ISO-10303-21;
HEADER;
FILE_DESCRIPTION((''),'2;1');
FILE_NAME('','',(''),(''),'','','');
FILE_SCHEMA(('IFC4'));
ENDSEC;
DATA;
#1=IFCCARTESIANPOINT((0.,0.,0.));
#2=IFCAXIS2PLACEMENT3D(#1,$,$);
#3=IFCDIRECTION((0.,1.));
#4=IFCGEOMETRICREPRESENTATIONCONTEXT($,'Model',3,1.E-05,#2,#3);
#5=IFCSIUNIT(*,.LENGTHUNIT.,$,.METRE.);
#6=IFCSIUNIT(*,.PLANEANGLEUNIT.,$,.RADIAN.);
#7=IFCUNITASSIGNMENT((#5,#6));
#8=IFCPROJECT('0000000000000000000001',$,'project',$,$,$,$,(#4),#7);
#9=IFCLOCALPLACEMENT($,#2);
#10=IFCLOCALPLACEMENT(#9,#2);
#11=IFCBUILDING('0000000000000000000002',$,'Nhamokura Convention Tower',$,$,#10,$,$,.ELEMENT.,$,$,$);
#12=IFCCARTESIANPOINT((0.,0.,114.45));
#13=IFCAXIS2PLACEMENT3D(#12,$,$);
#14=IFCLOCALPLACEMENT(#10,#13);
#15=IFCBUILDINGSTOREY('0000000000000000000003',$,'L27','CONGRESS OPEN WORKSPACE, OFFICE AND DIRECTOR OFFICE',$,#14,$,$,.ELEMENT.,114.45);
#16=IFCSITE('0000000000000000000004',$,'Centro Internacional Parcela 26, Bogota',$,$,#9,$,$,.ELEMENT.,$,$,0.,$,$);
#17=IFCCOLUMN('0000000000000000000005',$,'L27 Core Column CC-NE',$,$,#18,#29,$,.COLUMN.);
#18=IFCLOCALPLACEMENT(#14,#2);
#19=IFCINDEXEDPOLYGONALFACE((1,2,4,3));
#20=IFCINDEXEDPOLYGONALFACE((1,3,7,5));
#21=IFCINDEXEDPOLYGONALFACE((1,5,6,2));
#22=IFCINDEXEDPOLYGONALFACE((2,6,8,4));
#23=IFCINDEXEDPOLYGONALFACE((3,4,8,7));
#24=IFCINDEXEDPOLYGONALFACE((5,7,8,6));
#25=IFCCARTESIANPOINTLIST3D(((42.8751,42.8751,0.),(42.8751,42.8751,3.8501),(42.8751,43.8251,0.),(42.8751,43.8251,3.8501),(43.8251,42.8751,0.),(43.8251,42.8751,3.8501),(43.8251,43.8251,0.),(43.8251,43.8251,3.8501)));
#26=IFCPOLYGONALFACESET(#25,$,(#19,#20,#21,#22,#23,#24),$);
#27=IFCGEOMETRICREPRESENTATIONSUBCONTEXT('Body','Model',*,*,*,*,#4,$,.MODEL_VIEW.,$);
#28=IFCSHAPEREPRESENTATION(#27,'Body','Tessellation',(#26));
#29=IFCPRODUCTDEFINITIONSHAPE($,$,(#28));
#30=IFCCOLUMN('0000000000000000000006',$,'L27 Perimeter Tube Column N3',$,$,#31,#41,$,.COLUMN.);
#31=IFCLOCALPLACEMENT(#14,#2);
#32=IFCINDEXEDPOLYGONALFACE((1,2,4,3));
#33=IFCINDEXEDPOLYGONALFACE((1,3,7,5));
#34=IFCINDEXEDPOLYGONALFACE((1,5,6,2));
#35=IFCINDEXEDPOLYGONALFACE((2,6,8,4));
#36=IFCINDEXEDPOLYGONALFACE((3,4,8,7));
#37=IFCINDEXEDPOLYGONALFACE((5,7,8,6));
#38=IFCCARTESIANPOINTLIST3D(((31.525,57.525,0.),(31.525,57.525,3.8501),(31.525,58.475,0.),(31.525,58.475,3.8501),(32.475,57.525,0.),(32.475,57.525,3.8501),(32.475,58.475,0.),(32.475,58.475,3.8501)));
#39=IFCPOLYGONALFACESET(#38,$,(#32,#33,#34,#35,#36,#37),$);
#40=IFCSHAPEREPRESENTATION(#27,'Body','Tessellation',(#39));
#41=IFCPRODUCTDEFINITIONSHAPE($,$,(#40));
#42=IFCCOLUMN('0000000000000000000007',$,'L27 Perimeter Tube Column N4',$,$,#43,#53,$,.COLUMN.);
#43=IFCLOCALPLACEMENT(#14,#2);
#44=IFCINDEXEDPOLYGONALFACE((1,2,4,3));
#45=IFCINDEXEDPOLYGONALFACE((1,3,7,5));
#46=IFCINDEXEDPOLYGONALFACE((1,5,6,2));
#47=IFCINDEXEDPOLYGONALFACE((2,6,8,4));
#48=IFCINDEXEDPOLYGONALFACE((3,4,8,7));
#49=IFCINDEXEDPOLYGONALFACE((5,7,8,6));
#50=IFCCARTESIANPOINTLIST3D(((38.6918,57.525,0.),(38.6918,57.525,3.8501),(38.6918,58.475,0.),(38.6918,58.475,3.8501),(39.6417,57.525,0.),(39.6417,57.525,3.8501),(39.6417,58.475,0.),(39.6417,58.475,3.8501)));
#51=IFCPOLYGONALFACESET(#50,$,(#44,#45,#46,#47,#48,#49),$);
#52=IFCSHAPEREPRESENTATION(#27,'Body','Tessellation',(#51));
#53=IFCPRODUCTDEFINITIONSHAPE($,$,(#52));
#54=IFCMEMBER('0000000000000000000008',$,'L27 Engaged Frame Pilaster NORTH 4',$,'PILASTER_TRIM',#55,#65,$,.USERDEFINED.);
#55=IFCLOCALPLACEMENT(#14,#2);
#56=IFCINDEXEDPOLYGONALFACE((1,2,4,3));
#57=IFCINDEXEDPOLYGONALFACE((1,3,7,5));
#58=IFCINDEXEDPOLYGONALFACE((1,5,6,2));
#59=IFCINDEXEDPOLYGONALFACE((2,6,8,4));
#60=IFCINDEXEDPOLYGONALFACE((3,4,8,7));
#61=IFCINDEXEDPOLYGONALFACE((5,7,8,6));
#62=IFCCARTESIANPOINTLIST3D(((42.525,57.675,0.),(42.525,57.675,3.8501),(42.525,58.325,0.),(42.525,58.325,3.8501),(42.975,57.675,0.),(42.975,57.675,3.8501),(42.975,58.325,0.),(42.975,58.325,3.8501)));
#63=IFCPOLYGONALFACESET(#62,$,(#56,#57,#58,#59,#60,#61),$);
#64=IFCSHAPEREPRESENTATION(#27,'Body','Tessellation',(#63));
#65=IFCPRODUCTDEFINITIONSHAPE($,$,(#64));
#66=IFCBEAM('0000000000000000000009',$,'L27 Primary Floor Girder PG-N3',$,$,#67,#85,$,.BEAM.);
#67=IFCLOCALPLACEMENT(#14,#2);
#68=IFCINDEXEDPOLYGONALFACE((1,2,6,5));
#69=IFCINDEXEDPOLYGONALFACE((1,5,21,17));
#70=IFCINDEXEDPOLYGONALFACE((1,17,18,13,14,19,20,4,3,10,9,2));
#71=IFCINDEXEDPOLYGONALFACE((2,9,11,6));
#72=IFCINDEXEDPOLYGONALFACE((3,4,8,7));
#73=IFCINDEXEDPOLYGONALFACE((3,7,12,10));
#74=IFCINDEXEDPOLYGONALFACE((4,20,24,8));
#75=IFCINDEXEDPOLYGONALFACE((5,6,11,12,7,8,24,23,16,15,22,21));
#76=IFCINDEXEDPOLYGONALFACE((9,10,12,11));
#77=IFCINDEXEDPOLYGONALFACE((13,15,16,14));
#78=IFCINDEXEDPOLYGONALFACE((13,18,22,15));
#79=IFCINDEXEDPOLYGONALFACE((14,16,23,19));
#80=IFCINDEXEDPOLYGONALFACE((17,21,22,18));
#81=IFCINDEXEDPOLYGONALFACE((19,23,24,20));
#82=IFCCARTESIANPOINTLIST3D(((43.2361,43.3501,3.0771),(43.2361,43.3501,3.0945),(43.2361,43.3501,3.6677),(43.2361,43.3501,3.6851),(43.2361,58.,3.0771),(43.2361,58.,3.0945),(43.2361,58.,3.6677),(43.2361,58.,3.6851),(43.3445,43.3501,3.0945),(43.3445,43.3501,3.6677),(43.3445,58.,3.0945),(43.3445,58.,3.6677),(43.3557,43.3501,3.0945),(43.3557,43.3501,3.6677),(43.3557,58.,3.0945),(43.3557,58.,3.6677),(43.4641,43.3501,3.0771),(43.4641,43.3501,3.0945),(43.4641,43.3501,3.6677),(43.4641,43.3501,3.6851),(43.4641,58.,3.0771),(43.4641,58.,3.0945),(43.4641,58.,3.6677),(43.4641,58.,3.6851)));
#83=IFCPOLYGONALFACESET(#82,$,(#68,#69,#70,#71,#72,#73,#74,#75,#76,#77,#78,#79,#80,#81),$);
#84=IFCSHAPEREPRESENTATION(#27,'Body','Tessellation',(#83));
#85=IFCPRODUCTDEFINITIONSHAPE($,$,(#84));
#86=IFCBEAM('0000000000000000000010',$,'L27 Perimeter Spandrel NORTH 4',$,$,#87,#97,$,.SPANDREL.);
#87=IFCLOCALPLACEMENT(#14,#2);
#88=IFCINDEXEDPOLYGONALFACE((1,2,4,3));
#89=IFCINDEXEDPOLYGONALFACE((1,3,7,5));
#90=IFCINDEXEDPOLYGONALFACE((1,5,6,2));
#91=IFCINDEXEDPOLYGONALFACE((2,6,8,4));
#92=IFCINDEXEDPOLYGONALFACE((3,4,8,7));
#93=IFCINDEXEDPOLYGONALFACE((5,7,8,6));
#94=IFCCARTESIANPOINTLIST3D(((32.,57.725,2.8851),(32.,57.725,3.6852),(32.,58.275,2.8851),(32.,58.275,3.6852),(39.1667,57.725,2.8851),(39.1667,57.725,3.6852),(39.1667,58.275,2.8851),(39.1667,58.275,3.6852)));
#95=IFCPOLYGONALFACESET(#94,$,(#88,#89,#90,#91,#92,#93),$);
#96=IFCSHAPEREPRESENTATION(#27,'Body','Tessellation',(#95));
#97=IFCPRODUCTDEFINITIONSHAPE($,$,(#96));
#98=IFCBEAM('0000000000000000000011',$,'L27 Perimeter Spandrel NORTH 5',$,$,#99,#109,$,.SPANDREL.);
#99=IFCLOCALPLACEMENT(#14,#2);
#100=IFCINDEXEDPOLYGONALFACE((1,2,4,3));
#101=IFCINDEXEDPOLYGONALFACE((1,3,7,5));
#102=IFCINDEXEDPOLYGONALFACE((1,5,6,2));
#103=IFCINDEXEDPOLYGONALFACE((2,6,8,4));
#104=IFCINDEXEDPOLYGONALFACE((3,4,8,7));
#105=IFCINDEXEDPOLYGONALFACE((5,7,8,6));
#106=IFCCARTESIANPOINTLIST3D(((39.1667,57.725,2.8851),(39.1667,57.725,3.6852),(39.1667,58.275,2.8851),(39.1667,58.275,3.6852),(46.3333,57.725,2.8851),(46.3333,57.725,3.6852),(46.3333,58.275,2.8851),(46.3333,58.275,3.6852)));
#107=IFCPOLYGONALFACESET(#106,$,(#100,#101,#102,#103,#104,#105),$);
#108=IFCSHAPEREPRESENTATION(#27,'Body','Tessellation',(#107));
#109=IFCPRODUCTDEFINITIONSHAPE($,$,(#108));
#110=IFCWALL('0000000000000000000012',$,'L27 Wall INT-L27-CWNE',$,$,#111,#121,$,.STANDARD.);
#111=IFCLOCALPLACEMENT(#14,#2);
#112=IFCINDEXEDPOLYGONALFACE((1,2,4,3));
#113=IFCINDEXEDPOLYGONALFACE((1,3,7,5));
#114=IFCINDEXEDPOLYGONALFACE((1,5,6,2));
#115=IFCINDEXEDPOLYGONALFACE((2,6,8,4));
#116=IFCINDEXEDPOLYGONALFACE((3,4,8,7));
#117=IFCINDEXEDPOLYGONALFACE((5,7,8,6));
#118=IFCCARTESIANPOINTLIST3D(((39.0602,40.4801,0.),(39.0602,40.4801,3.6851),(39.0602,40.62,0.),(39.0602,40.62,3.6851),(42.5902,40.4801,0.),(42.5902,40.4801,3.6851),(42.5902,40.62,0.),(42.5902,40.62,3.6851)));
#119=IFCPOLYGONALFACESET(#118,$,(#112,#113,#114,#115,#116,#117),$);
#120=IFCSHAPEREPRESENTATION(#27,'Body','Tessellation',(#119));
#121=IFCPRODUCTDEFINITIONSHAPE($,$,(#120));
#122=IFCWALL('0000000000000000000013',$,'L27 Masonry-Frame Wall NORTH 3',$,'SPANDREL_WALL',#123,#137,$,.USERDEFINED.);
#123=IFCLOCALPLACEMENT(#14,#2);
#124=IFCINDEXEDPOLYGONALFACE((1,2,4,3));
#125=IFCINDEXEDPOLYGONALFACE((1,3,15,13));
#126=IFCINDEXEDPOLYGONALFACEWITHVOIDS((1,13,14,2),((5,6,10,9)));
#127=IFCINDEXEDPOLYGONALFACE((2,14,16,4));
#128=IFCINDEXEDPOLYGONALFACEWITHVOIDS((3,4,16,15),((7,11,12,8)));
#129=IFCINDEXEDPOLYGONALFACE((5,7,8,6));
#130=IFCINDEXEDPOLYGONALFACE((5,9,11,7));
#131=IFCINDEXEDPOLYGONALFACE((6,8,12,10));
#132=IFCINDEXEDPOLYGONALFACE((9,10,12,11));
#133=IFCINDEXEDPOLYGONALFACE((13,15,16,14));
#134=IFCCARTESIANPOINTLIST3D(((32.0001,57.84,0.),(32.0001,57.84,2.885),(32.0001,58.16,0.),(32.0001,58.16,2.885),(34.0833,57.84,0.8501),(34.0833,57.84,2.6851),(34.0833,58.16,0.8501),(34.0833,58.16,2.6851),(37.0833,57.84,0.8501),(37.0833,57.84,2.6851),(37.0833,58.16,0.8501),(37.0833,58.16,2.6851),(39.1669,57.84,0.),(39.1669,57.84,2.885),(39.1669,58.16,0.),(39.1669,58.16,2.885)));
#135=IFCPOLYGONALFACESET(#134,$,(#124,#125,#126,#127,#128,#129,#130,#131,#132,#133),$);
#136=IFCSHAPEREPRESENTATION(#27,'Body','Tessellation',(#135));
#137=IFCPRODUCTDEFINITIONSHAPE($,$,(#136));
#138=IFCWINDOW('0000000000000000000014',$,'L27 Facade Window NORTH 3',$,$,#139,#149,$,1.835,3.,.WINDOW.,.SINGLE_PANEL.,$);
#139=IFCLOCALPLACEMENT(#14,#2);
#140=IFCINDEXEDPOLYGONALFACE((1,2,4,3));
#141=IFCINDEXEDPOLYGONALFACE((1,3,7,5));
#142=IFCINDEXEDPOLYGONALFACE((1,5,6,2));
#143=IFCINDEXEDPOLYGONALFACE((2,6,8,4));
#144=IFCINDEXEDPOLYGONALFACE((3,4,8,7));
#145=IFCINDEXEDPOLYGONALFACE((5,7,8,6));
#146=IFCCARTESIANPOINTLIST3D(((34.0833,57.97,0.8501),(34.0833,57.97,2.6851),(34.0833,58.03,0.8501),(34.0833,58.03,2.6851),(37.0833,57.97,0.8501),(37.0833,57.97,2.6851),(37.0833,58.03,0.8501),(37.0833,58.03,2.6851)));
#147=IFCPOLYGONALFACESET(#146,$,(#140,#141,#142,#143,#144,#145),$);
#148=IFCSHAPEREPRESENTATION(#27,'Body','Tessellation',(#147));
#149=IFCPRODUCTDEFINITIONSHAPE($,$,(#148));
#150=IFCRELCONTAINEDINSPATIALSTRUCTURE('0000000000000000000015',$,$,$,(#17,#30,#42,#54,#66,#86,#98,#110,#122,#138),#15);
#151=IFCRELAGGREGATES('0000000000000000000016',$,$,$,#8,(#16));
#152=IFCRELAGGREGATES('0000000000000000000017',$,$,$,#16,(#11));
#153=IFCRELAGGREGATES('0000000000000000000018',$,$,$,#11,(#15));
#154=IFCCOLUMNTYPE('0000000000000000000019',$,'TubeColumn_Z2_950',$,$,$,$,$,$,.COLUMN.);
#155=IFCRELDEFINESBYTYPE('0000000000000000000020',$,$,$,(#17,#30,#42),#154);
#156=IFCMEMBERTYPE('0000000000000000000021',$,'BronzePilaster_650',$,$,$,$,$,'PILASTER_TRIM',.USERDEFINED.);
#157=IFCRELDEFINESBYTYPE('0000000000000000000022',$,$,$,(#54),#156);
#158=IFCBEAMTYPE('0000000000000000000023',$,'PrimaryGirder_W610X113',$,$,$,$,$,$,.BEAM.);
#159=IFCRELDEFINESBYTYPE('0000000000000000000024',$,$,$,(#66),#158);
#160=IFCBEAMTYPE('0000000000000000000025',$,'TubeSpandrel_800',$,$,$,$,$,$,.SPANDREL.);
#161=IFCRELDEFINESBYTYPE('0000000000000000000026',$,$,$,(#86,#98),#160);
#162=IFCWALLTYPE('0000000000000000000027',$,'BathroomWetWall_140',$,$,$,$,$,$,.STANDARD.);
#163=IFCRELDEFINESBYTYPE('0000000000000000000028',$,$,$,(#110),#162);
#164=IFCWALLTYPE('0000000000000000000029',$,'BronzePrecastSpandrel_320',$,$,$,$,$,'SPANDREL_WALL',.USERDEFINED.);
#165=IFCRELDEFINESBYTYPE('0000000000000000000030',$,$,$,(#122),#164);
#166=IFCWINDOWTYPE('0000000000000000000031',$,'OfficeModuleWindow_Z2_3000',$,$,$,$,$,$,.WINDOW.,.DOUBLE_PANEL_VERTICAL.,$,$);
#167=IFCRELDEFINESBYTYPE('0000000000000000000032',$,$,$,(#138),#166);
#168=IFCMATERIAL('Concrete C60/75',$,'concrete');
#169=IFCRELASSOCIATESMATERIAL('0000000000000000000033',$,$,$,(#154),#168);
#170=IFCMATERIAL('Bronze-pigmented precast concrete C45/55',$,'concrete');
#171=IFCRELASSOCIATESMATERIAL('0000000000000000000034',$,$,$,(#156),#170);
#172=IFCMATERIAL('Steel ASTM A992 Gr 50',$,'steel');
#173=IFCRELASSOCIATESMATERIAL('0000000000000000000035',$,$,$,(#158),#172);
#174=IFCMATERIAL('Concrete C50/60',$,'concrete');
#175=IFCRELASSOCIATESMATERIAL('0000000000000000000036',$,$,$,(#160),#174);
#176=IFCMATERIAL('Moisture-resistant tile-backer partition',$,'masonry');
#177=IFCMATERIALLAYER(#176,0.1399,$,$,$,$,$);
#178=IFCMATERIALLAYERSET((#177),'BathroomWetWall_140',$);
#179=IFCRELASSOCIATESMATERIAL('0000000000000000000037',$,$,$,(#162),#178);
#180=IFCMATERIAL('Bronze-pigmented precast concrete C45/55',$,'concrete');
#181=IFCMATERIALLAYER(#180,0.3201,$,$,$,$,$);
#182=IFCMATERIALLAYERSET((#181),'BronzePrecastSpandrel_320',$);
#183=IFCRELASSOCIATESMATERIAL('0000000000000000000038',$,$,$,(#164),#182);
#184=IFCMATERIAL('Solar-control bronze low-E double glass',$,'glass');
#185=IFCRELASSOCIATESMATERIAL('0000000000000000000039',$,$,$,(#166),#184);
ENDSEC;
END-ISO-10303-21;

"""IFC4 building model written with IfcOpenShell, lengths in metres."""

from ifc_helpers import new_model, si_unit, direction, frame, frame_2d, origin, origin_2d, place, context, subcontext, project, spatial, rectangle, i_section, extrude, material, layer, layer_set, material_profile, profile_set, type_object, element, fill, save


model = new_model("IFC4")

# Units and contexts
model_context = context("Model", 3, precision=1e-05, world=origin(), true_north=direction((0.0, 1.0)))
body_context = subcontext(model_context, "Body", "Model", "MODEL_VIEW")
ifc_project = project(units=[si_unit("LENGTHUNIT", "METRE"), si_unit("PLANEANGLEUNIT", "RADIAN")], contexts=[model_context])

# Site, building, storey
site_placement = place(None, origin())
site = spatial("IfcSite", under=ifc_project, at=site_placement, Name="Centro Internacional Parcela 26, Bogota", CompositionType="ELEMENT", RefElevation=0.0)
building_placement = place(site_placement, origin())
building = spatial("IfcBuilding", under=site, at=building_placement, Name="Nhamokura Convention Tower", CompositionType="ELEMENT")
storey_placement = place(building_placement, frame((0.0, 0.0, 114.45)))
storey = spatial("IfcBuildingStorey", under=building, at=storey_placement, Name="L27", Description="CONGRESS OPEN WORKSPACE, OFFICE AND DIRECTOR OFFICE", CompositionType="ELEMENT", Elevation=114.45)

# Columns
ifc_material_1 = material(Name="Concrete C60/75", Category="concrete")
ifc_material_profile_1 = material_profile(ifc_material_1, rectangle(XDim=0.95, YDim=0.95, at=origin_2d()))
ifc_profile_set_1 = profile_set([ifc_material_profile_1], Name="Concrete C60/75")
column_type = type_object("IfcColumnType", Name="TubeColumn_Z2_950", PredefinedType="COLUMN", material=ifc_profile_set_1)
for number, where, z_axis, x_axis, name in (
    (1, (43.3501, 43.3501, 0.0), (0.0, 0.0, 1.0), (1.0, 0.0, 0.0), "L27 Core Column CC-NE"),
    (2, (32.0, 58.0, 0.0), (0.0, 0.0, 1.0), (1.0, 0.0, 0.0), "L27 Perimeter Tube Column N3"),
    (3, (39.1667, 58.0, 0.0), (0.0, 0.0, 1.0), (1.0, 0.0, 0.0), "L27 Perimeter Tube Column N4"),
):
    element("IfcColumn", number, at=place(storey_placement, frame(where, z_axis=z_axis, x_axis=x_axis)), inside=storey, type_object=column_type, Name=name, PredefinedType="COLUMN", context=body_context, shape_type="SweptSolid", body=[
        extrude(rectangle(XDim=0.95, YDim=0.95, at=origin_2d()), origin(), (0.0, 0.0, 1.0), 3.8501),
    ])

# Member
ifc_material_2 = material(Name="Bronze-pigmented precast concrete C45/55", Category="concrete")
ifc_material_profile_2 = material_profile(ifc_material_2, rectangle(XDim=0.45, YDim=0.6499, at=origin_2d()))
ifc_profile_set_2 = profile_set([ifc_material_profile_2], Name="Bronze-pigmented precast concrete C45/55")
member_type = type_object("IfcMemberType", Name="BronzePilaster_650", ElementType="PILASTER_TRIM", PredefinedType="USERDEFINED", material=ifc_profile_set_2)
member_placement = place(storey_placement, frame((42.75, 58.0, 0.0), z_axis=(0.0, 0.0, 1.0), x_axis=(1.0, 0.0, 0.0)))
element("IfcMember", 4, at=member_placement, inside=storey, type_object=member_type, Name="L27 Engaged Frame Pilaster NORTH 4", ObjectType="PILASTER_TRIM", PredefinedType="USERDEFINED", context=body_context, shape_type="SweptSolid", body=[
    extrude(rectangle(XDim=0.45, YDim=0.6499, at=origin_2d()), origin(), (0.0, 0.0, 1.0), 3.8501),
])

# Beams
ifc_material_3 = material(Name="Steel ASTM A992 Gr 50", Category="steel")
ifc_material_profile_3 = material_profile(ifc_material_3, i_section(OverallWidth=0.228, OverallDepth=0.6079, WebThickness=0.0112, FlangeThickness=0.0173, at=origin_2d()))
ifc_profile_set_3 = profile_set([ifc_material_profile_3], Name="Steel ASTM A992 Gr 50")
beam_type_1 = type_object("IfcBeamType", Name="PrimaryGirder_W610X113", PredefinedType="BEAM", material=ifc_profile_set_3)
beam_1_placement = place(storey_placement, frame((43.3501, 43.3501, 3.3811), z_axis=(0.0, 1.0, 0.0), x_axis=(-1.0, 0.0, 0.0)))
element("IfcBeam", 5, at=beam_1_placement, inside=storey, type_object=beam_type_1, Name="L27 Primary Floor Girder PG-N3", PredefinedType="BEAM", context=body_context, shape_type="SweptSolid", body=[
    extrude(i_section(OverallWidth=0.228, OverallDepth=0.6079, WebThickness=0.0112, FlangeThickness=0.0173, at=origin_2d()), origin(), (0.0, 0.0, 1.0), 14.6499),
])
ifc_material_4 = material(Name="Concrete C50/60", Category="concrete")
ifc_material_profile_4 = material_profile(ifc_material_4, rectangle(XDim=0.55, YDim=0.8, at=origin_2d()))
ifc_profile_set_4 = profile_set([ifc_material_profile_4], Name="Concrete C50/60")
beam_type_2 = type_object("IfcBeamType", Name="TubeSpandrel_800", PredefinedType="SPANDREL", material=ifc_profile_set_4)
beam_2_placement = place(storey_placement, frame((32.0, 58.0, 3.2852), z_axis=(1.0, 0.0, 0.0), x_axis=(0.0, 1.0, 0.0)))
element("IfcBeam", 6, at=beam_2_placement, inside=storey, type_object=beam_type_2, Name="L27 Perimeter Spandrel NORTH 4", PredefinedType="SPANDREL", context=body_context, shape_type="SweptSolid", body=[
    extrude(rectangle(XDim=0.55, YDim=0.8, at=origin_2d()), origin(), (0.0, 0.0, 1.0), 7.1667),
])
beam_3_placement = place(storey_placement, frame((39.1667, 58.0, 3.2852), z_axis=(1.0, 0.0, 0.0), x_axis=(0.0, 1.0, 0.0)))
element("IfcBeam", 7, at=beam_3_placement, inside=storey, type_object=beam_type_2, Name="L27 Perimeter Spandrel NORTH 5", PredefinedType="SPANDREL", context=body_context, shape_type="SweptSolid", body=[
    extrude(rectangle(XDim=0.55, YDim=0.8, at=origin_2d()), origin(), (0.0, 0.0, 1.0), 7.1665),
])

# Wall
ifc_material_5 = material(Name="Moisture-resistant tile-backer partition", Category="masonry")
ifc_layer_1 = layer(ifc_material_5, 0.1399)
ifc_layer_set_1 = layer_set([ifc_layer_1], Name="BathroomWetWall_140")
wall_type_1 = type_object("IfcWallType", Name="BathroomWetWall_140", PredefinedType="STANDARD", material=ifc_layer_set_1)
wall_1_placement = place(storey_placement, frame((39.0601, 40.55, 0.0), z_axis=(0.0, 0.0, 1.0), x_axis=(1.0, 0.0, 0.0)))
element("IfcWall", 8, at=wall_1_placement, inside=storey, type_object=wall_type_1, Name="L27 Wall INT-L27-CWNE", PredefinedType="STANDARD", context=body_context, shape_type="SweptSolid", body=[
    extrude(rectangle(XDim=3.53, YDim=0.1399, at=frame_2d((1.7651, 0.0))), origin(), (0.0, 0.0, 1.0), 3.6851),
])

# Wall, opening, window
ifc_material_6 = material(Name="Bronze-pigmented precast concrete C45/55", Category="concrete")
ifc_layer_2 = layer(ifc_material_6, 0.3201)
ifc_layer_set_2 = layer_set([ifc_layer_2], Name="BronzePrecastSpandrel_320")
wall_type_2 = type_object("IfcWallType", Name="BronzePrecastSpandrel_320", ElementType="SPANDREL_WALL", PredefinedType="USERDEFINED", material=ifc_layer_set_2)
wall_2_placement = place(storey_placement, frame((32.0, 58.0, 0.0), z_axis=(0.0, 0.0, 1.0), x_axis=(1.0, 0.0, 0.0)))
wall_2 = element("IfcWall", 9, at=wall_2_placement, inside=storey, type_object=wall_type_2, Name="L27 Masonry-Frame Wall NORTH 3", ObjectType="SPANDREL_WALL", PredefinedType="USERDEFINED", context=body_context, shape_type="SweptSolid", body=[
    extrude(rectangle(XDim=7.1667, YDim=0.3201, at=frame_2d((3.5835, 0.0))), origin(), (0.0, 0.0, 1.0), 2.885),
])
opening_1_placement = place(wall_2_placement, frame((2.0833, 0.0, 0.8501)))
opening_1 = element("IfcOpeningElement", 10, at=opening_1_placement, cuts=wall_2, PredefinedType="OPENING", context=body_context, shape_type="SweptSolid", body=[
    extrude(rectangle(XDim=3.0, YDim=1.835, at=frame_2d((1.5, 0.9175))), frame((0.0, 0.1699, 0.0), z_axis=(0.0, -1.0, 0.0), x_axis=(1.0, 0.0, 0.0)), (0.0, 0.0, 1.0), 0.3401),
])
ifc_material_7 = material(Name="Solar-control bronze low-E double glass", Category="glass")
window_type_1 = type_object("IfcWindowType", Name="OfficeModuleWindow_Z2_3000", PartitioningType="DOUBLE_PANEL_VERTICAL", PredefinedType="WINDOW", material=ifc_material_7)
window_1_placement = place(opening_1_placement, origin())
window_1 = element("IfcWindow", 11, at=window_1_placement, inside=storey, type_object=window_type_1, Name="L27 Facade Window NORTH 3", OverallHeight=1.835, OverallWidth=3.0, PartitioningType="SINGLE_PANEL", PredefinedType="WINDOW", context=body_context, shape_type="SweptSolid", body=[
    extrude(rectangle(XDim=3.0, YDim=1.835, at=frame_2d((1.5, 0.9175))), frame((0.0, 0.03, 0.0), z_axis=(0.0, -1.0, 0.0), x_axis=(1.0, 0.0, 0.0)), (0.0, 0.0, 1.0), 0.0601),
])
fill(opening_1, window_1)

save(model, "model.ifc")
